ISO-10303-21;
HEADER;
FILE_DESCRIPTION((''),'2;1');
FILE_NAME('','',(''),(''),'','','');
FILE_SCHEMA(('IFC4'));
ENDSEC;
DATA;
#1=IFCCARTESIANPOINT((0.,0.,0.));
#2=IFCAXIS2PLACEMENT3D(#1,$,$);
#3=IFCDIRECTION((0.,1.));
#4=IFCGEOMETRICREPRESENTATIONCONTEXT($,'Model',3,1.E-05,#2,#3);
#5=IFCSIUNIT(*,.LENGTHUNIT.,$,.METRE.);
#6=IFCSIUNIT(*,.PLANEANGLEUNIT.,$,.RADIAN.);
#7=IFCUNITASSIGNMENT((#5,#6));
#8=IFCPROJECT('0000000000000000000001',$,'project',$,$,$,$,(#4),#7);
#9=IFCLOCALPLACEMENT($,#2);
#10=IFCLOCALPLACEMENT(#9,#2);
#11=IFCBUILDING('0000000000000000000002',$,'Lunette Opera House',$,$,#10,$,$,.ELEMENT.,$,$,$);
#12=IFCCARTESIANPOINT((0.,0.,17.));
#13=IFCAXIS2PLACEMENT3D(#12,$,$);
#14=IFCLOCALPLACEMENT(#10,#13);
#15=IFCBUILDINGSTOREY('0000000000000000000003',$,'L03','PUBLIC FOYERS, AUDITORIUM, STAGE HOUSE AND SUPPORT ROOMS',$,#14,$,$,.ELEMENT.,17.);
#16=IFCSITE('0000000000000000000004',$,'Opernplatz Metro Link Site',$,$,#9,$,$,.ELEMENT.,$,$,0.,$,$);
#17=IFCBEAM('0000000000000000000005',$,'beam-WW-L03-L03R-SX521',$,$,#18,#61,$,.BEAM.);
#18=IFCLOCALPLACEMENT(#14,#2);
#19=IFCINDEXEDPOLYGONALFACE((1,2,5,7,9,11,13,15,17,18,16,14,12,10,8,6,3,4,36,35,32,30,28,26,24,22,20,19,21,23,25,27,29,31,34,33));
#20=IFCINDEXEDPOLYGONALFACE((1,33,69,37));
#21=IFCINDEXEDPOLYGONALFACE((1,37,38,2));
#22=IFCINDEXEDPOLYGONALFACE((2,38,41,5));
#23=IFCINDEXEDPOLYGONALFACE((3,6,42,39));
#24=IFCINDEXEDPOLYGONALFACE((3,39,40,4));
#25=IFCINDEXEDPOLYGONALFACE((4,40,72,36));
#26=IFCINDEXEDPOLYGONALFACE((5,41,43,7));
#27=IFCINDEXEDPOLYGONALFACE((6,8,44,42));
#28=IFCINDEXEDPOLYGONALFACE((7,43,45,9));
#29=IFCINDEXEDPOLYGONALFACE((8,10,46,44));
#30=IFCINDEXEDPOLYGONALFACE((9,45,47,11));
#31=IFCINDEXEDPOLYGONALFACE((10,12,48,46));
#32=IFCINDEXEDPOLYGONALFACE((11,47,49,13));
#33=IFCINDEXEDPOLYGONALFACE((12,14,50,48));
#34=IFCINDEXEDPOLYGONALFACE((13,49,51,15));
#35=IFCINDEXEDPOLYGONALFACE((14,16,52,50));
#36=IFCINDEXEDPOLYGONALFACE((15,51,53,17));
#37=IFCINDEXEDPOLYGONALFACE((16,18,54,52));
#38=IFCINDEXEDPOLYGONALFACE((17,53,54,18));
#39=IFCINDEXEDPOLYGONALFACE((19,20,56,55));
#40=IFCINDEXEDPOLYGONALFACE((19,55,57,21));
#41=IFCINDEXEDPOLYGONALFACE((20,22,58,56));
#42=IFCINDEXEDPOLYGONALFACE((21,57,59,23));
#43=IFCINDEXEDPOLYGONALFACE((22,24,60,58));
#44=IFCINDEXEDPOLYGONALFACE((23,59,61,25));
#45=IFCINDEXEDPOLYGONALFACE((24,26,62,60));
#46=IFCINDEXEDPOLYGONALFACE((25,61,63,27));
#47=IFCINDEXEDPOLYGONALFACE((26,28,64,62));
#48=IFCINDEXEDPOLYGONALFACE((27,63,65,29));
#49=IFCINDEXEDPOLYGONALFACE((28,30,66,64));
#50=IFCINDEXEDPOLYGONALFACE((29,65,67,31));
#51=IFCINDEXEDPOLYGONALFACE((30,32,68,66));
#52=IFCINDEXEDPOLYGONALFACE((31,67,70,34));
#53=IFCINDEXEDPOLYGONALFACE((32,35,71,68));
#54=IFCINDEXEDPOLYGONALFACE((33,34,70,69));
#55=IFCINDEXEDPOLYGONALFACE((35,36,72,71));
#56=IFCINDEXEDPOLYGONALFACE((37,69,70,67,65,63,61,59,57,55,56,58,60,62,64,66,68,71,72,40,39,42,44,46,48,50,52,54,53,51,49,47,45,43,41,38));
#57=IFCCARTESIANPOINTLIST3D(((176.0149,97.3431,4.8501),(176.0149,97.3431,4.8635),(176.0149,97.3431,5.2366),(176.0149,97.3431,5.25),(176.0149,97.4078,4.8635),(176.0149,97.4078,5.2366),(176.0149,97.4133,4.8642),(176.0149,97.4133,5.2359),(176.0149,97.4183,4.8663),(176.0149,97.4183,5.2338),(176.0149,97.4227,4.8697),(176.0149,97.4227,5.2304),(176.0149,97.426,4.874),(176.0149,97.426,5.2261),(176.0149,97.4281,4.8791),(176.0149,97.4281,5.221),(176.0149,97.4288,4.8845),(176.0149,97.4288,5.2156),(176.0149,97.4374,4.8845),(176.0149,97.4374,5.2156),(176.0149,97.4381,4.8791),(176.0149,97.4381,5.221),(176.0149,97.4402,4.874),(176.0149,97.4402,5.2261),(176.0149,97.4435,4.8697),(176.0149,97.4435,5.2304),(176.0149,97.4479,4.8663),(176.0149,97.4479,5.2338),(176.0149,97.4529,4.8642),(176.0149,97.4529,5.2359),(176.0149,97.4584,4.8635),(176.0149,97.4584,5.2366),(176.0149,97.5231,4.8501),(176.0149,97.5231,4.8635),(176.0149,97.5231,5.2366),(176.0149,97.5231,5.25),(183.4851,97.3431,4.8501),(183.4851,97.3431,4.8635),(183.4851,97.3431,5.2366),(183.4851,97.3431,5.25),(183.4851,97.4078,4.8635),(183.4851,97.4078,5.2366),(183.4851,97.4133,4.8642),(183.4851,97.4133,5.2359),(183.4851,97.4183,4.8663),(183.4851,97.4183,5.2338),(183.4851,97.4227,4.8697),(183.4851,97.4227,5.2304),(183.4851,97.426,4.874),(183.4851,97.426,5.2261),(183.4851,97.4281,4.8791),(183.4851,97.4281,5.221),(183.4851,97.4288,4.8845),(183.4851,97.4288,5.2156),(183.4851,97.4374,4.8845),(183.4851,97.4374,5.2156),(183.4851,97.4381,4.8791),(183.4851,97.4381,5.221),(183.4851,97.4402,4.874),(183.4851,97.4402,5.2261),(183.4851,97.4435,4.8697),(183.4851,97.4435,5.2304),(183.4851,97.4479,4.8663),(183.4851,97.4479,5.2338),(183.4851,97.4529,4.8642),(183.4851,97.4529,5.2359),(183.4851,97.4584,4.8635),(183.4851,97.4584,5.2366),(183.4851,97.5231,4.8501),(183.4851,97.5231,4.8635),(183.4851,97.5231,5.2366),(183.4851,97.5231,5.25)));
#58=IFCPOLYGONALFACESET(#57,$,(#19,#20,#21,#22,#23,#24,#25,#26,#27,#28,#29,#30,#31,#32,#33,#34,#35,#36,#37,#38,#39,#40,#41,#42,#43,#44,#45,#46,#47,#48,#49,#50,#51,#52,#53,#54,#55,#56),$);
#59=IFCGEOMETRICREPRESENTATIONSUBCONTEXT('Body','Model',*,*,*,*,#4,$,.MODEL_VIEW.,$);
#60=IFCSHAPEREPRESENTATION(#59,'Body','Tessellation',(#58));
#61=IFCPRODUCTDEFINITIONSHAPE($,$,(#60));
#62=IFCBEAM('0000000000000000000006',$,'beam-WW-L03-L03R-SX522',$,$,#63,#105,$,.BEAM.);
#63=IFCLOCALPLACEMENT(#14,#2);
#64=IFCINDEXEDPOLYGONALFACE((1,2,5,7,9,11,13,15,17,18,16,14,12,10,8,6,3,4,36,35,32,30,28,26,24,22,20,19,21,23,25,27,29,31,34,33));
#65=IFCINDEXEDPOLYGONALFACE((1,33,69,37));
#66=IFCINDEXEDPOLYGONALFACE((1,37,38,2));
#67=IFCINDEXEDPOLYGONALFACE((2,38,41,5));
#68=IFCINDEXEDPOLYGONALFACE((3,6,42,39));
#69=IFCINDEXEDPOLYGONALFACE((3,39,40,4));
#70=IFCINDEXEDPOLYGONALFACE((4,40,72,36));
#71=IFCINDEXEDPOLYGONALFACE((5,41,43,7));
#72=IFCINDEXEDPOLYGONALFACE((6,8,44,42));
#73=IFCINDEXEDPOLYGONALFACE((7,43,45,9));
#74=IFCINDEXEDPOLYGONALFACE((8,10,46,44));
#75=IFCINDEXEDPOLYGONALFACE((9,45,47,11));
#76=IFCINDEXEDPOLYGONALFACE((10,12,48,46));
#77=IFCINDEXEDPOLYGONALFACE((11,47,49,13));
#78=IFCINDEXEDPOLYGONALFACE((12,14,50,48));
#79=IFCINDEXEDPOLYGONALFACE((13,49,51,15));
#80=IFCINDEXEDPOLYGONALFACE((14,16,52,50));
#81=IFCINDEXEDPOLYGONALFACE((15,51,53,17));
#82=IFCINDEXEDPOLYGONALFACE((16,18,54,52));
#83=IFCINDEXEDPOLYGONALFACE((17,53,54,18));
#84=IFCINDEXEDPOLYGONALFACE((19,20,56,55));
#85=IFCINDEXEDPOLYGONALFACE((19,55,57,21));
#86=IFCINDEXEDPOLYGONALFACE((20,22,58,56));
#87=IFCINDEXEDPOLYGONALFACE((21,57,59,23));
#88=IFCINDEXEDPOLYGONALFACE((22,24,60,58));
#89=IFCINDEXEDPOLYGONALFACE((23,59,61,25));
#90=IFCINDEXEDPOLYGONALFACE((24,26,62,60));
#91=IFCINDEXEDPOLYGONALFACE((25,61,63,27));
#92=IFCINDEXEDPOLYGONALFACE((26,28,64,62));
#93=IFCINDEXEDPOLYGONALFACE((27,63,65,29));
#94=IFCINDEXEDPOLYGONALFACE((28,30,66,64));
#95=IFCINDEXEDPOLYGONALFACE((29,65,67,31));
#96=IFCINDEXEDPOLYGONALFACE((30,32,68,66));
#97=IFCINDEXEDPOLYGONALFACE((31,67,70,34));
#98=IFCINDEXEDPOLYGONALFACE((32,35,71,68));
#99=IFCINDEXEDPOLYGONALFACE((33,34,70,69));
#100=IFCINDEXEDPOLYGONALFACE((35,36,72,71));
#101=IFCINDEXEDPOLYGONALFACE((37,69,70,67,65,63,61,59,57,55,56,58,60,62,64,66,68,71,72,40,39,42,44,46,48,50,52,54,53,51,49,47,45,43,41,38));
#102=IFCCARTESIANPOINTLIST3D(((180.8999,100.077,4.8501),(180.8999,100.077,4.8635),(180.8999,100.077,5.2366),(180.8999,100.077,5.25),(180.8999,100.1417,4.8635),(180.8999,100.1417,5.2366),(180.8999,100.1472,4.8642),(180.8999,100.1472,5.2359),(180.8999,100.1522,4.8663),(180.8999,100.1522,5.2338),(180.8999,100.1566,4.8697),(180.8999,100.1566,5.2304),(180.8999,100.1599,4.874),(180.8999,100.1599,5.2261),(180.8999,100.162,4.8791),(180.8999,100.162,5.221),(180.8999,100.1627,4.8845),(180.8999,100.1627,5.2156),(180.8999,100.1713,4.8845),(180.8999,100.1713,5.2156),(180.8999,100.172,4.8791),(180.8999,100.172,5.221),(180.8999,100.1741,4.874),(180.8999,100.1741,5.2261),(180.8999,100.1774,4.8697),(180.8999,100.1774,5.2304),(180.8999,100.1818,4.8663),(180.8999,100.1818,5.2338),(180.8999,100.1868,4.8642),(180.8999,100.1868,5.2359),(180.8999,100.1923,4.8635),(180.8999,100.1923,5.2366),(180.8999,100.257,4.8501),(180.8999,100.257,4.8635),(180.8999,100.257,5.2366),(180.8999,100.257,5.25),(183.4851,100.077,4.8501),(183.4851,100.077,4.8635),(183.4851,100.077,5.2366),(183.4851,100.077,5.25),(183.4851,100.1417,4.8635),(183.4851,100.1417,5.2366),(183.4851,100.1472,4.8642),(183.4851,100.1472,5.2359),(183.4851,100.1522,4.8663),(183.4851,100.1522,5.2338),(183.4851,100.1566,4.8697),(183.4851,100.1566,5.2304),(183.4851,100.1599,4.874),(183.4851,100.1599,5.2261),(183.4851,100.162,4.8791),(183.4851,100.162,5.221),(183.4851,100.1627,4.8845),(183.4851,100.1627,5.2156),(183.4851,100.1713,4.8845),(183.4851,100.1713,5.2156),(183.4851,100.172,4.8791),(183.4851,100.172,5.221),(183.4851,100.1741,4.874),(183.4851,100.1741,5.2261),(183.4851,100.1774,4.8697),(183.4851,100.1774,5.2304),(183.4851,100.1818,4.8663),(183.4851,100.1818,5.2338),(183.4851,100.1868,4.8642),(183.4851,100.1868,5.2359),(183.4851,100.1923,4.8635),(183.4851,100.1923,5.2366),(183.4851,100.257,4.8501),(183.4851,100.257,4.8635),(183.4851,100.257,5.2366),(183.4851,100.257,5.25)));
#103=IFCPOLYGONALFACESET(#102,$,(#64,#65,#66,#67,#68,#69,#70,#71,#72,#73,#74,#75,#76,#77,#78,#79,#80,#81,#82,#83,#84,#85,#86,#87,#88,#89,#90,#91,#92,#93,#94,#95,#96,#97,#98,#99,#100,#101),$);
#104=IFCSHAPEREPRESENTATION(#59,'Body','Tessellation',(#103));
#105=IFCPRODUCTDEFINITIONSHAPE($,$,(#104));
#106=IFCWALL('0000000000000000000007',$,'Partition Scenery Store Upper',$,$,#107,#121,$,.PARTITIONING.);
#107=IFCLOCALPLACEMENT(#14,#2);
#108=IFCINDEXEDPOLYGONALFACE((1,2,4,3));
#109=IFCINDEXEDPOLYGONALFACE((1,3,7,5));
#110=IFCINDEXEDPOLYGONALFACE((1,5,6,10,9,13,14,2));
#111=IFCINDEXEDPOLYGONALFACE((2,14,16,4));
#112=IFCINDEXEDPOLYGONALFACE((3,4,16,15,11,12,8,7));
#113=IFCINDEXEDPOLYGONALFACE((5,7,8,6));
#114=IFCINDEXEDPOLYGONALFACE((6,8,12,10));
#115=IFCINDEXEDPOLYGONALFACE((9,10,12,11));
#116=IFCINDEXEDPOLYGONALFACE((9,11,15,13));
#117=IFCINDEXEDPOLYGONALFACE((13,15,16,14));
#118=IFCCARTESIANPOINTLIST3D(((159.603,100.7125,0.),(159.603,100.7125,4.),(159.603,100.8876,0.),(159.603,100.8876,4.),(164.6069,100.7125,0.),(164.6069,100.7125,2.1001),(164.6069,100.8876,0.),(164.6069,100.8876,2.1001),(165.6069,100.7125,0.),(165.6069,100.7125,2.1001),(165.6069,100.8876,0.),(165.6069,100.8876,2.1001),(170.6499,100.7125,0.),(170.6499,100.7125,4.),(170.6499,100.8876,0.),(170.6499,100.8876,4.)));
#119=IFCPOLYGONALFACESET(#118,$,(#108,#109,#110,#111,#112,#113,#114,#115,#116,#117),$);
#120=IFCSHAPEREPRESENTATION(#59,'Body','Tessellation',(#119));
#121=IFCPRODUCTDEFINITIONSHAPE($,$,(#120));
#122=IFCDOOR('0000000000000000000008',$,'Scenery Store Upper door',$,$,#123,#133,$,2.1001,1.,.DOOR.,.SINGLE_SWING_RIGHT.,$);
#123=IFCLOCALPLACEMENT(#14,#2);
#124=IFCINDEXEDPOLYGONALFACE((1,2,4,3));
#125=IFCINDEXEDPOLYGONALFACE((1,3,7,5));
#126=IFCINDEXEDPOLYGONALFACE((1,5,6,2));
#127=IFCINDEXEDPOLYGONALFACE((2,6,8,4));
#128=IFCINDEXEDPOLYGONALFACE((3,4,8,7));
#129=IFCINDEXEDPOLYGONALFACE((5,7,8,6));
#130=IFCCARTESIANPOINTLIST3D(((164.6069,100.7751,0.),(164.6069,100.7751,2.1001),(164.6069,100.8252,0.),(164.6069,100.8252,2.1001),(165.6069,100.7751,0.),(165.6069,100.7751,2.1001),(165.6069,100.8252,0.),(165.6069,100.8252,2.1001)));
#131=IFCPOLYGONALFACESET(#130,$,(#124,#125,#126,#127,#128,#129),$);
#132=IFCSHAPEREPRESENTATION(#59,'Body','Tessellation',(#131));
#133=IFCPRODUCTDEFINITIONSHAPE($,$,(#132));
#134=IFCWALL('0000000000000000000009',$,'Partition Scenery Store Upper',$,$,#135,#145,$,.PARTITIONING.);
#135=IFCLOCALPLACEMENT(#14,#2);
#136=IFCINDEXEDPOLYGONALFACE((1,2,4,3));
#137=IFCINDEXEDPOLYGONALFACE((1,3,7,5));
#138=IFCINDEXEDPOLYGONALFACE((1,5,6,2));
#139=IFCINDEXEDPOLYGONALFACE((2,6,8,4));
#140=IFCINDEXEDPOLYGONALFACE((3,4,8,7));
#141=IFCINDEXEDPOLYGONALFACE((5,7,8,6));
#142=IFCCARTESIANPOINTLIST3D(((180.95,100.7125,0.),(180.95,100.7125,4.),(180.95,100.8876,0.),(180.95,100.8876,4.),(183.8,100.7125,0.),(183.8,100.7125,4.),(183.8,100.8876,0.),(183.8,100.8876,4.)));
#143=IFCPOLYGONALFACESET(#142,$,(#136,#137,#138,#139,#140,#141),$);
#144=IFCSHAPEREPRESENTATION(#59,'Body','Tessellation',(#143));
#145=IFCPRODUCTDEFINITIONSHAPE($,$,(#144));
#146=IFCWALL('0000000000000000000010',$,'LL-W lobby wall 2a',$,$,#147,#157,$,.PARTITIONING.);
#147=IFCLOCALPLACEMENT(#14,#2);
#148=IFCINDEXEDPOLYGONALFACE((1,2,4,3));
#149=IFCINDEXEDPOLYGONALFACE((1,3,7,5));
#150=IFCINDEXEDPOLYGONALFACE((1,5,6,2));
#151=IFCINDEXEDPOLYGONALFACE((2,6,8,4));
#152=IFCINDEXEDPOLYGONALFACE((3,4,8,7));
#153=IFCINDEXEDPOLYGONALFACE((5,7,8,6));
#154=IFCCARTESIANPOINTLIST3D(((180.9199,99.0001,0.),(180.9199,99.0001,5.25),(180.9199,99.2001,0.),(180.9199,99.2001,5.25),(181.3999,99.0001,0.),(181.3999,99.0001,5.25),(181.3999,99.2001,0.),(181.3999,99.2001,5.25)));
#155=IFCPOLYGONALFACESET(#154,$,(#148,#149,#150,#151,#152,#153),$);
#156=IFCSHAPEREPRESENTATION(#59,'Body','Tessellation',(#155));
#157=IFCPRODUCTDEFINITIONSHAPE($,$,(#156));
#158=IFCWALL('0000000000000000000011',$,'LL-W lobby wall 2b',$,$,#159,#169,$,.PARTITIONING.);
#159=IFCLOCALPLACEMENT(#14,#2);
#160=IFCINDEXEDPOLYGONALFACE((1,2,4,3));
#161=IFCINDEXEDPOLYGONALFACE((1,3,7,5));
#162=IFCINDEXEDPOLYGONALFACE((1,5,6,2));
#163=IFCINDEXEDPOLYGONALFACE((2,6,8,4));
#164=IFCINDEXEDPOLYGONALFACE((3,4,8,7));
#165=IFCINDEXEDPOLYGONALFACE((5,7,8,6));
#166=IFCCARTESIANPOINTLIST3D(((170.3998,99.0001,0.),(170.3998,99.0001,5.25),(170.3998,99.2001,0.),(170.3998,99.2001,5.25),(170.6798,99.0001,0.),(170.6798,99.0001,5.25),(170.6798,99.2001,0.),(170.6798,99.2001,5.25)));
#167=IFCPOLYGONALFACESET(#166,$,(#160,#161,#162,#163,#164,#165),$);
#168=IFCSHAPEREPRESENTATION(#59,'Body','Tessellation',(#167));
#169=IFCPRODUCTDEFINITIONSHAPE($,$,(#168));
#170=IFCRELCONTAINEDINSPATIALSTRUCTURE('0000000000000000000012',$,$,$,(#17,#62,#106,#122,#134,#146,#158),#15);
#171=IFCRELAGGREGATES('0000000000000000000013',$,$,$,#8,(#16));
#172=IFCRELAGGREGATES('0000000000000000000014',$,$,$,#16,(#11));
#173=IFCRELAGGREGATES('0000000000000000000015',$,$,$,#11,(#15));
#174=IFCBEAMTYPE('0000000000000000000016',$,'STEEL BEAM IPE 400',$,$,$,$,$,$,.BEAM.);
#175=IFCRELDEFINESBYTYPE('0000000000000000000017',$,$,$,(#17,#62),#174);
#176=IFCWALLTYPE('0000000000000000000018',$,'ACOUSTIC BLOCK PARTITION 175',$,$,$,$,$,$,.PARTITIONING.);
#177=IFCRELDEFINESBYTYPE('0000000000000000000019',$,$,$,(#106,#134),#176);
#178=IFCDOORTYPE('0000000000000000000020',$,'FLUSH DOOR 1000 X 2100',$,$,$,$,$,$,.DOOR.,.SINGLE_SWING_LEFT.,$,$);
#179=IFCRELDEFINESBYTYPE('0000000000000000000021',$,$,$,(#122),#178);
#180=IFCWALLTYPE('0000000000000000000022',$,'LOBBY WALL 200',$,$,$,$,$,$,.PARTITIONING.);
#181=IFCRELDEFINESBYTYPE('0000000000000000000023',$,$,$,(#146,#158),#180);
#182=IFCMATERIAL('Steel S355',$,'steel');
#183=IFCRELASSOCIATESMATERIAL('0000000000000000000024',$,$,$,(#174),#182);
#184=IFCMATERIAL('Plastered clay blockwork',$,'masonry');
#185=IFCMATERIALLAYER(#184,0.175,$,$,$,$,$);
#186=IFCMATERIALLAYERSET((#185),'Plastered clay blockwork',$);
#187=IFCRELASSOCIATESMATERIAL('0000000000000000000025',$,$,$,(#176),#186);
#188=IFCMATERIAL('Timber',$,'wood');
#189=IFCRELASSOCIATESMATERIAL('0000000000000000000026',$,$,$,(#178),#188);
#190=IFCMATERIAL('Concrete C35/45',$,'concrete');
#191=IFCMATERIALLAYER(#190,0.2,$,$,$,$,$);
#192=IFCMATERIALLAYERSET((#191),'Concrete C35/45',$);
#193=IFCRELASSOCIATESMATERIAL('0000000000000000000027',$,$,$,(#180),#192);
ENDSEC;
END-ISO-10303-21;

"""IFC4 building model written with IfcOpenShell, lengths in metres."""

from ifc_helpers import new_model, si_unit, direction, frame, frame_2d, origin, origin_2d, place, context, subcontext, project, spatial, rectangle, i_section, extrude, material, layer, layer_set, material_profile, profile_set, type_object, element, fill, save


model = new_model("IFC4")

# Units and contexts
model_context = context("Model", 3, precision=1e-05, world=origin(), true_north=direction((0.0, 1.0)))
body_context = subcontext(model_context, "Body", "Model", "MODEL_VIEW")
ifc_project = project(units=[si_unit("LENGTHUNIT", "METRE"), si_unit("PLANEANGLEUNIT", "RADIAN")], contexts=[model_context])

# Site, building, storey
site_placement = place(None, origin())
site = spatial("IfcSite", under=ifc_project, at=site_placement, Name="Opernplatz Metro Link Site", CompositionType="ELEMENT", RefElevation=0.0)
building_placement = place(site_placement, origin())
building = spatial("IfcBuilding", under=site, at=building_placement, Name="Lunette Opera House", CompositionType="ELEMENT")
storey_placement = place(building_placement, frame((0.0, 0.0, 17.0)))
storey = spatial("IfcBuildingStorey", under=building, at=storey_placement, Name="L03", Description="PUBLIC FOYERS, AUDITORIUM, STAGE HOUSE AND SUPPORT ROOMS", CompositionType="ELEMENT", Elevation=17.0)

# Beams
ifc_material_1 = material(Name="Steel S355", Category="steel")
ifc_material_profile_1 = material_profile(ifc_material_1, i_section(OverallWidth=0.1799, OverallDepth=0.3999, WebThickness=0.0085, FlangeThickness=0.0134, FilletRadius=0.021, at=origin_2d()), Name="IPE 400")
ifc_profile_set_1 = profile_set([ifc_material_profile_1], Name="Steel S355")
beam_type_1 = type_object("IfcBeamType", Name="STEEL BEAM IPE 400", PredefinedType="BEAM", material=ifc_profile_set_1)
beam_1_placement = place(storey_placement, frame((176.0149, 97.4331, 5.05), z_axis=(1.0, 0.0, 0.0), x_axis=(0.0, 1.0, 0.0)))
element("IfcBeam", 1, at=beam_1_placement, inside=storey, type_object=beam_type_1, Name="beam-WW-L03-L03R-SX521", PredefinedType="BEAM", context=body_context, shape_type="SweptSolid", body=[
    extrude(i_section(OverallWidth=0.1799, OverallDepth=0.3999, WebThickness=0.0085, FlangeThickness=0.0134, FilletRadius=0.021, at=origin_2d()), origin(), (0.0, 0.0, 1.0), 7.4702),
])
beam_2_placement = place(storey_placement, frame((180.8999, 100.167, 5.05), z_axis=(1.0, 0.0, 0.0), x_axis=(0.0, 1.0, 0.0)))
element("IfcBeam", 2, at=beam_2_placement, inside=storey, type_object=beam_type_1, Name="beam-WW-L03-L03R-SX522", PredefinedType="BEAM", context=body_context, shape_type="SweptSolid", body=[
    extrude(i_section(OverallWidth=0.1799, OverallDepth=0.3999, WebThickness=0.0085, FlangeThickness=0.0134, FilletRadius=0.021, at=origin_2d()), origin(), (0.0, 0.0, 1.0), 2.5852),
])

# Wall, opening, door
ifc_material_2 = material(Name="Plastered clay blockwork", Category="masonry")
ifc_layer_1 = layer(ifc_material_2, 0.175)
ifc_layer_set_1 = layer_set([ifc_layer_1], Name="Plastered clay blockwork")
wall_type_1 = type_object("IfcWallType", Name="ACOUSTIC BLOCK PARTITION 175", PredefinedType="PARTITIONING", material=ifc_layer_set_1)
wall_1_placement = place(storey_placement, frame((170.6499, 100.8, 0.0), z_axis=(0.0, 0.0, 1.0), x_axis=(-1.0, 0.0, 0.0)))
wall_1 = element("IfcWall", 3, at=wall_1_placement, inside=storey, type_object=wall_type_1, Name="Partition Scenery Store Upper", PredefinedType="PARTITIONING", context=body_context, shape_type="SweptSolid", body=[
    extrude(rectangle(XDim=11.0469, YDim=0.175, at=frame_2d((5.5234, 0.0))), origin(), (0.0, 0.0, 1.0), 4.0),
])
opening_1_placement = place(wall_1_placement, frame((5.043, 0.0, 0.0)))
opening_1 = element("IfcOpeningElement", 4, at=opening_1_placement, cuts=wall_1, PredefinedType="OPENING", context=body_context, shape_type="SweptSolid", body=[
    extrude(rectangle(XDim=1.0, YDim=2.1001, at=frame_2d((0.5, 1.05))), frame((0.0, 0.0996, 0.0), z_axis=(0.0, -1.0, 0.0), x_axis=(1.0, 0.0, 0.0)), (0.0, 0.0, 1.0), 0.199),
])
ifc_material_3 = material(Name="Timber", Category="wood")
door_type_1 = type_object("IfcDoorType", Name="FLUSH DOOR 1000 X 2100", OperationType="SINGLE_SWING_LEFT", PredefinedType="DOOR", material=ifc_material_3)
door_1_placement = place(opening_1_placement, origin())
door_1 = element("IfcDoor", 5, at=door_1_placement, inside=storey, type_object=door_type_1, Name="Scenery Store Upper door", OperationType="SINGLE_SWING_RIGHT", OverallHeight=2.1001, OverallWidth=1.0, PredefinedType="DOOR", context=body_context, shape_type="SweptSolid", body=[
    extrude(rectangle(XDim=1.0, YDim=2.1001, at=frame_2d((0.5, 1.05))), frame((0.0, 0.0249, 0.0), z_axis=(0.0, -1.0, 0.0), x_axis=(1.0, 0.0, 0.0)), (0.0, 0.0, 1.0), 0.05),
])
fill(opening_1, door_1)

# Walls
wall_2_placement = place(storey_placement, frame((183.8, 100.8, 0.0), z_axis=(0.0, 0.0, 1.0), x_axis=(-1.0, 0.0, 0.0)))
element("IfcWall", 6, at=wall_2_placement, inside=storey, type_object=wall_type_1, Name="Partition Scenery Store Upper", PredefinedType="PARTITIONING", context=body_context, shape_type="SweptSolid", body=[
    extrude(rectangle(XDim=2.8501, YDim=0.175, at=frame_2d((1.425, 0.0))), origin(), (0.0, 0.0, 1.0), 4.0),
])
ifc_material_4 = material(Name="Concrete C35/45", Category="concrete")
ifc_layer_2 = layer(ifc_material_4, 0.2)
ifc_layer_set_2 = layer_set([ifc_layer_2], Name="Concrete C35/45")
wall_type_2 = type_object("IfcWallType", Name="LOBBY WALL 200", PredefinedType="PARTITIONING", material=ifc_layer_set_2)
wall_3_placement = place(storey_placement, frame((181.3999, 99.1001, 0.0), z_axis=(0.0, 0.0, 1.0), x_axis=(-1.0, 0.0, 0.0)))
element("IfcWall", 7, at=wall_3_placement, inside=storey, type_object=wall_type_2, Name="LL-W lobby wall 2a", PredefinedType="PARTITIONING", context=body_context, shape_type="SweptSolid", body=[
    extrude(rectangle(XDim=0.48, YDim=0.2, at=frame_2d((0.24, 0.0))), origin(), (0.0, 0.0, 1.0), 5.25),
])
wall_4_placement = place(storey_placement, frame((170.6799, 99.1001, 0.0), z_axis=(0.0, 0.0, 1.0), x_axis=(-1.0, 0.0, 0.0)))
element("IfcWall", 8, at=wall_4_placement, inside=storey, type_object=wall_type_2, Name="LL-W lobby wall 2b", PredefinedType="PARTITIONING", context=body_context, shape_type="SweptSolid", body=[
    extrude(rectangle(XDim=0.28, YDim=0.2, at=frame_2d((0.1401, 0.0))), origin(), (0.0, 0.0, 1.0), 5.25),
])

save(model, "model.ifc")
